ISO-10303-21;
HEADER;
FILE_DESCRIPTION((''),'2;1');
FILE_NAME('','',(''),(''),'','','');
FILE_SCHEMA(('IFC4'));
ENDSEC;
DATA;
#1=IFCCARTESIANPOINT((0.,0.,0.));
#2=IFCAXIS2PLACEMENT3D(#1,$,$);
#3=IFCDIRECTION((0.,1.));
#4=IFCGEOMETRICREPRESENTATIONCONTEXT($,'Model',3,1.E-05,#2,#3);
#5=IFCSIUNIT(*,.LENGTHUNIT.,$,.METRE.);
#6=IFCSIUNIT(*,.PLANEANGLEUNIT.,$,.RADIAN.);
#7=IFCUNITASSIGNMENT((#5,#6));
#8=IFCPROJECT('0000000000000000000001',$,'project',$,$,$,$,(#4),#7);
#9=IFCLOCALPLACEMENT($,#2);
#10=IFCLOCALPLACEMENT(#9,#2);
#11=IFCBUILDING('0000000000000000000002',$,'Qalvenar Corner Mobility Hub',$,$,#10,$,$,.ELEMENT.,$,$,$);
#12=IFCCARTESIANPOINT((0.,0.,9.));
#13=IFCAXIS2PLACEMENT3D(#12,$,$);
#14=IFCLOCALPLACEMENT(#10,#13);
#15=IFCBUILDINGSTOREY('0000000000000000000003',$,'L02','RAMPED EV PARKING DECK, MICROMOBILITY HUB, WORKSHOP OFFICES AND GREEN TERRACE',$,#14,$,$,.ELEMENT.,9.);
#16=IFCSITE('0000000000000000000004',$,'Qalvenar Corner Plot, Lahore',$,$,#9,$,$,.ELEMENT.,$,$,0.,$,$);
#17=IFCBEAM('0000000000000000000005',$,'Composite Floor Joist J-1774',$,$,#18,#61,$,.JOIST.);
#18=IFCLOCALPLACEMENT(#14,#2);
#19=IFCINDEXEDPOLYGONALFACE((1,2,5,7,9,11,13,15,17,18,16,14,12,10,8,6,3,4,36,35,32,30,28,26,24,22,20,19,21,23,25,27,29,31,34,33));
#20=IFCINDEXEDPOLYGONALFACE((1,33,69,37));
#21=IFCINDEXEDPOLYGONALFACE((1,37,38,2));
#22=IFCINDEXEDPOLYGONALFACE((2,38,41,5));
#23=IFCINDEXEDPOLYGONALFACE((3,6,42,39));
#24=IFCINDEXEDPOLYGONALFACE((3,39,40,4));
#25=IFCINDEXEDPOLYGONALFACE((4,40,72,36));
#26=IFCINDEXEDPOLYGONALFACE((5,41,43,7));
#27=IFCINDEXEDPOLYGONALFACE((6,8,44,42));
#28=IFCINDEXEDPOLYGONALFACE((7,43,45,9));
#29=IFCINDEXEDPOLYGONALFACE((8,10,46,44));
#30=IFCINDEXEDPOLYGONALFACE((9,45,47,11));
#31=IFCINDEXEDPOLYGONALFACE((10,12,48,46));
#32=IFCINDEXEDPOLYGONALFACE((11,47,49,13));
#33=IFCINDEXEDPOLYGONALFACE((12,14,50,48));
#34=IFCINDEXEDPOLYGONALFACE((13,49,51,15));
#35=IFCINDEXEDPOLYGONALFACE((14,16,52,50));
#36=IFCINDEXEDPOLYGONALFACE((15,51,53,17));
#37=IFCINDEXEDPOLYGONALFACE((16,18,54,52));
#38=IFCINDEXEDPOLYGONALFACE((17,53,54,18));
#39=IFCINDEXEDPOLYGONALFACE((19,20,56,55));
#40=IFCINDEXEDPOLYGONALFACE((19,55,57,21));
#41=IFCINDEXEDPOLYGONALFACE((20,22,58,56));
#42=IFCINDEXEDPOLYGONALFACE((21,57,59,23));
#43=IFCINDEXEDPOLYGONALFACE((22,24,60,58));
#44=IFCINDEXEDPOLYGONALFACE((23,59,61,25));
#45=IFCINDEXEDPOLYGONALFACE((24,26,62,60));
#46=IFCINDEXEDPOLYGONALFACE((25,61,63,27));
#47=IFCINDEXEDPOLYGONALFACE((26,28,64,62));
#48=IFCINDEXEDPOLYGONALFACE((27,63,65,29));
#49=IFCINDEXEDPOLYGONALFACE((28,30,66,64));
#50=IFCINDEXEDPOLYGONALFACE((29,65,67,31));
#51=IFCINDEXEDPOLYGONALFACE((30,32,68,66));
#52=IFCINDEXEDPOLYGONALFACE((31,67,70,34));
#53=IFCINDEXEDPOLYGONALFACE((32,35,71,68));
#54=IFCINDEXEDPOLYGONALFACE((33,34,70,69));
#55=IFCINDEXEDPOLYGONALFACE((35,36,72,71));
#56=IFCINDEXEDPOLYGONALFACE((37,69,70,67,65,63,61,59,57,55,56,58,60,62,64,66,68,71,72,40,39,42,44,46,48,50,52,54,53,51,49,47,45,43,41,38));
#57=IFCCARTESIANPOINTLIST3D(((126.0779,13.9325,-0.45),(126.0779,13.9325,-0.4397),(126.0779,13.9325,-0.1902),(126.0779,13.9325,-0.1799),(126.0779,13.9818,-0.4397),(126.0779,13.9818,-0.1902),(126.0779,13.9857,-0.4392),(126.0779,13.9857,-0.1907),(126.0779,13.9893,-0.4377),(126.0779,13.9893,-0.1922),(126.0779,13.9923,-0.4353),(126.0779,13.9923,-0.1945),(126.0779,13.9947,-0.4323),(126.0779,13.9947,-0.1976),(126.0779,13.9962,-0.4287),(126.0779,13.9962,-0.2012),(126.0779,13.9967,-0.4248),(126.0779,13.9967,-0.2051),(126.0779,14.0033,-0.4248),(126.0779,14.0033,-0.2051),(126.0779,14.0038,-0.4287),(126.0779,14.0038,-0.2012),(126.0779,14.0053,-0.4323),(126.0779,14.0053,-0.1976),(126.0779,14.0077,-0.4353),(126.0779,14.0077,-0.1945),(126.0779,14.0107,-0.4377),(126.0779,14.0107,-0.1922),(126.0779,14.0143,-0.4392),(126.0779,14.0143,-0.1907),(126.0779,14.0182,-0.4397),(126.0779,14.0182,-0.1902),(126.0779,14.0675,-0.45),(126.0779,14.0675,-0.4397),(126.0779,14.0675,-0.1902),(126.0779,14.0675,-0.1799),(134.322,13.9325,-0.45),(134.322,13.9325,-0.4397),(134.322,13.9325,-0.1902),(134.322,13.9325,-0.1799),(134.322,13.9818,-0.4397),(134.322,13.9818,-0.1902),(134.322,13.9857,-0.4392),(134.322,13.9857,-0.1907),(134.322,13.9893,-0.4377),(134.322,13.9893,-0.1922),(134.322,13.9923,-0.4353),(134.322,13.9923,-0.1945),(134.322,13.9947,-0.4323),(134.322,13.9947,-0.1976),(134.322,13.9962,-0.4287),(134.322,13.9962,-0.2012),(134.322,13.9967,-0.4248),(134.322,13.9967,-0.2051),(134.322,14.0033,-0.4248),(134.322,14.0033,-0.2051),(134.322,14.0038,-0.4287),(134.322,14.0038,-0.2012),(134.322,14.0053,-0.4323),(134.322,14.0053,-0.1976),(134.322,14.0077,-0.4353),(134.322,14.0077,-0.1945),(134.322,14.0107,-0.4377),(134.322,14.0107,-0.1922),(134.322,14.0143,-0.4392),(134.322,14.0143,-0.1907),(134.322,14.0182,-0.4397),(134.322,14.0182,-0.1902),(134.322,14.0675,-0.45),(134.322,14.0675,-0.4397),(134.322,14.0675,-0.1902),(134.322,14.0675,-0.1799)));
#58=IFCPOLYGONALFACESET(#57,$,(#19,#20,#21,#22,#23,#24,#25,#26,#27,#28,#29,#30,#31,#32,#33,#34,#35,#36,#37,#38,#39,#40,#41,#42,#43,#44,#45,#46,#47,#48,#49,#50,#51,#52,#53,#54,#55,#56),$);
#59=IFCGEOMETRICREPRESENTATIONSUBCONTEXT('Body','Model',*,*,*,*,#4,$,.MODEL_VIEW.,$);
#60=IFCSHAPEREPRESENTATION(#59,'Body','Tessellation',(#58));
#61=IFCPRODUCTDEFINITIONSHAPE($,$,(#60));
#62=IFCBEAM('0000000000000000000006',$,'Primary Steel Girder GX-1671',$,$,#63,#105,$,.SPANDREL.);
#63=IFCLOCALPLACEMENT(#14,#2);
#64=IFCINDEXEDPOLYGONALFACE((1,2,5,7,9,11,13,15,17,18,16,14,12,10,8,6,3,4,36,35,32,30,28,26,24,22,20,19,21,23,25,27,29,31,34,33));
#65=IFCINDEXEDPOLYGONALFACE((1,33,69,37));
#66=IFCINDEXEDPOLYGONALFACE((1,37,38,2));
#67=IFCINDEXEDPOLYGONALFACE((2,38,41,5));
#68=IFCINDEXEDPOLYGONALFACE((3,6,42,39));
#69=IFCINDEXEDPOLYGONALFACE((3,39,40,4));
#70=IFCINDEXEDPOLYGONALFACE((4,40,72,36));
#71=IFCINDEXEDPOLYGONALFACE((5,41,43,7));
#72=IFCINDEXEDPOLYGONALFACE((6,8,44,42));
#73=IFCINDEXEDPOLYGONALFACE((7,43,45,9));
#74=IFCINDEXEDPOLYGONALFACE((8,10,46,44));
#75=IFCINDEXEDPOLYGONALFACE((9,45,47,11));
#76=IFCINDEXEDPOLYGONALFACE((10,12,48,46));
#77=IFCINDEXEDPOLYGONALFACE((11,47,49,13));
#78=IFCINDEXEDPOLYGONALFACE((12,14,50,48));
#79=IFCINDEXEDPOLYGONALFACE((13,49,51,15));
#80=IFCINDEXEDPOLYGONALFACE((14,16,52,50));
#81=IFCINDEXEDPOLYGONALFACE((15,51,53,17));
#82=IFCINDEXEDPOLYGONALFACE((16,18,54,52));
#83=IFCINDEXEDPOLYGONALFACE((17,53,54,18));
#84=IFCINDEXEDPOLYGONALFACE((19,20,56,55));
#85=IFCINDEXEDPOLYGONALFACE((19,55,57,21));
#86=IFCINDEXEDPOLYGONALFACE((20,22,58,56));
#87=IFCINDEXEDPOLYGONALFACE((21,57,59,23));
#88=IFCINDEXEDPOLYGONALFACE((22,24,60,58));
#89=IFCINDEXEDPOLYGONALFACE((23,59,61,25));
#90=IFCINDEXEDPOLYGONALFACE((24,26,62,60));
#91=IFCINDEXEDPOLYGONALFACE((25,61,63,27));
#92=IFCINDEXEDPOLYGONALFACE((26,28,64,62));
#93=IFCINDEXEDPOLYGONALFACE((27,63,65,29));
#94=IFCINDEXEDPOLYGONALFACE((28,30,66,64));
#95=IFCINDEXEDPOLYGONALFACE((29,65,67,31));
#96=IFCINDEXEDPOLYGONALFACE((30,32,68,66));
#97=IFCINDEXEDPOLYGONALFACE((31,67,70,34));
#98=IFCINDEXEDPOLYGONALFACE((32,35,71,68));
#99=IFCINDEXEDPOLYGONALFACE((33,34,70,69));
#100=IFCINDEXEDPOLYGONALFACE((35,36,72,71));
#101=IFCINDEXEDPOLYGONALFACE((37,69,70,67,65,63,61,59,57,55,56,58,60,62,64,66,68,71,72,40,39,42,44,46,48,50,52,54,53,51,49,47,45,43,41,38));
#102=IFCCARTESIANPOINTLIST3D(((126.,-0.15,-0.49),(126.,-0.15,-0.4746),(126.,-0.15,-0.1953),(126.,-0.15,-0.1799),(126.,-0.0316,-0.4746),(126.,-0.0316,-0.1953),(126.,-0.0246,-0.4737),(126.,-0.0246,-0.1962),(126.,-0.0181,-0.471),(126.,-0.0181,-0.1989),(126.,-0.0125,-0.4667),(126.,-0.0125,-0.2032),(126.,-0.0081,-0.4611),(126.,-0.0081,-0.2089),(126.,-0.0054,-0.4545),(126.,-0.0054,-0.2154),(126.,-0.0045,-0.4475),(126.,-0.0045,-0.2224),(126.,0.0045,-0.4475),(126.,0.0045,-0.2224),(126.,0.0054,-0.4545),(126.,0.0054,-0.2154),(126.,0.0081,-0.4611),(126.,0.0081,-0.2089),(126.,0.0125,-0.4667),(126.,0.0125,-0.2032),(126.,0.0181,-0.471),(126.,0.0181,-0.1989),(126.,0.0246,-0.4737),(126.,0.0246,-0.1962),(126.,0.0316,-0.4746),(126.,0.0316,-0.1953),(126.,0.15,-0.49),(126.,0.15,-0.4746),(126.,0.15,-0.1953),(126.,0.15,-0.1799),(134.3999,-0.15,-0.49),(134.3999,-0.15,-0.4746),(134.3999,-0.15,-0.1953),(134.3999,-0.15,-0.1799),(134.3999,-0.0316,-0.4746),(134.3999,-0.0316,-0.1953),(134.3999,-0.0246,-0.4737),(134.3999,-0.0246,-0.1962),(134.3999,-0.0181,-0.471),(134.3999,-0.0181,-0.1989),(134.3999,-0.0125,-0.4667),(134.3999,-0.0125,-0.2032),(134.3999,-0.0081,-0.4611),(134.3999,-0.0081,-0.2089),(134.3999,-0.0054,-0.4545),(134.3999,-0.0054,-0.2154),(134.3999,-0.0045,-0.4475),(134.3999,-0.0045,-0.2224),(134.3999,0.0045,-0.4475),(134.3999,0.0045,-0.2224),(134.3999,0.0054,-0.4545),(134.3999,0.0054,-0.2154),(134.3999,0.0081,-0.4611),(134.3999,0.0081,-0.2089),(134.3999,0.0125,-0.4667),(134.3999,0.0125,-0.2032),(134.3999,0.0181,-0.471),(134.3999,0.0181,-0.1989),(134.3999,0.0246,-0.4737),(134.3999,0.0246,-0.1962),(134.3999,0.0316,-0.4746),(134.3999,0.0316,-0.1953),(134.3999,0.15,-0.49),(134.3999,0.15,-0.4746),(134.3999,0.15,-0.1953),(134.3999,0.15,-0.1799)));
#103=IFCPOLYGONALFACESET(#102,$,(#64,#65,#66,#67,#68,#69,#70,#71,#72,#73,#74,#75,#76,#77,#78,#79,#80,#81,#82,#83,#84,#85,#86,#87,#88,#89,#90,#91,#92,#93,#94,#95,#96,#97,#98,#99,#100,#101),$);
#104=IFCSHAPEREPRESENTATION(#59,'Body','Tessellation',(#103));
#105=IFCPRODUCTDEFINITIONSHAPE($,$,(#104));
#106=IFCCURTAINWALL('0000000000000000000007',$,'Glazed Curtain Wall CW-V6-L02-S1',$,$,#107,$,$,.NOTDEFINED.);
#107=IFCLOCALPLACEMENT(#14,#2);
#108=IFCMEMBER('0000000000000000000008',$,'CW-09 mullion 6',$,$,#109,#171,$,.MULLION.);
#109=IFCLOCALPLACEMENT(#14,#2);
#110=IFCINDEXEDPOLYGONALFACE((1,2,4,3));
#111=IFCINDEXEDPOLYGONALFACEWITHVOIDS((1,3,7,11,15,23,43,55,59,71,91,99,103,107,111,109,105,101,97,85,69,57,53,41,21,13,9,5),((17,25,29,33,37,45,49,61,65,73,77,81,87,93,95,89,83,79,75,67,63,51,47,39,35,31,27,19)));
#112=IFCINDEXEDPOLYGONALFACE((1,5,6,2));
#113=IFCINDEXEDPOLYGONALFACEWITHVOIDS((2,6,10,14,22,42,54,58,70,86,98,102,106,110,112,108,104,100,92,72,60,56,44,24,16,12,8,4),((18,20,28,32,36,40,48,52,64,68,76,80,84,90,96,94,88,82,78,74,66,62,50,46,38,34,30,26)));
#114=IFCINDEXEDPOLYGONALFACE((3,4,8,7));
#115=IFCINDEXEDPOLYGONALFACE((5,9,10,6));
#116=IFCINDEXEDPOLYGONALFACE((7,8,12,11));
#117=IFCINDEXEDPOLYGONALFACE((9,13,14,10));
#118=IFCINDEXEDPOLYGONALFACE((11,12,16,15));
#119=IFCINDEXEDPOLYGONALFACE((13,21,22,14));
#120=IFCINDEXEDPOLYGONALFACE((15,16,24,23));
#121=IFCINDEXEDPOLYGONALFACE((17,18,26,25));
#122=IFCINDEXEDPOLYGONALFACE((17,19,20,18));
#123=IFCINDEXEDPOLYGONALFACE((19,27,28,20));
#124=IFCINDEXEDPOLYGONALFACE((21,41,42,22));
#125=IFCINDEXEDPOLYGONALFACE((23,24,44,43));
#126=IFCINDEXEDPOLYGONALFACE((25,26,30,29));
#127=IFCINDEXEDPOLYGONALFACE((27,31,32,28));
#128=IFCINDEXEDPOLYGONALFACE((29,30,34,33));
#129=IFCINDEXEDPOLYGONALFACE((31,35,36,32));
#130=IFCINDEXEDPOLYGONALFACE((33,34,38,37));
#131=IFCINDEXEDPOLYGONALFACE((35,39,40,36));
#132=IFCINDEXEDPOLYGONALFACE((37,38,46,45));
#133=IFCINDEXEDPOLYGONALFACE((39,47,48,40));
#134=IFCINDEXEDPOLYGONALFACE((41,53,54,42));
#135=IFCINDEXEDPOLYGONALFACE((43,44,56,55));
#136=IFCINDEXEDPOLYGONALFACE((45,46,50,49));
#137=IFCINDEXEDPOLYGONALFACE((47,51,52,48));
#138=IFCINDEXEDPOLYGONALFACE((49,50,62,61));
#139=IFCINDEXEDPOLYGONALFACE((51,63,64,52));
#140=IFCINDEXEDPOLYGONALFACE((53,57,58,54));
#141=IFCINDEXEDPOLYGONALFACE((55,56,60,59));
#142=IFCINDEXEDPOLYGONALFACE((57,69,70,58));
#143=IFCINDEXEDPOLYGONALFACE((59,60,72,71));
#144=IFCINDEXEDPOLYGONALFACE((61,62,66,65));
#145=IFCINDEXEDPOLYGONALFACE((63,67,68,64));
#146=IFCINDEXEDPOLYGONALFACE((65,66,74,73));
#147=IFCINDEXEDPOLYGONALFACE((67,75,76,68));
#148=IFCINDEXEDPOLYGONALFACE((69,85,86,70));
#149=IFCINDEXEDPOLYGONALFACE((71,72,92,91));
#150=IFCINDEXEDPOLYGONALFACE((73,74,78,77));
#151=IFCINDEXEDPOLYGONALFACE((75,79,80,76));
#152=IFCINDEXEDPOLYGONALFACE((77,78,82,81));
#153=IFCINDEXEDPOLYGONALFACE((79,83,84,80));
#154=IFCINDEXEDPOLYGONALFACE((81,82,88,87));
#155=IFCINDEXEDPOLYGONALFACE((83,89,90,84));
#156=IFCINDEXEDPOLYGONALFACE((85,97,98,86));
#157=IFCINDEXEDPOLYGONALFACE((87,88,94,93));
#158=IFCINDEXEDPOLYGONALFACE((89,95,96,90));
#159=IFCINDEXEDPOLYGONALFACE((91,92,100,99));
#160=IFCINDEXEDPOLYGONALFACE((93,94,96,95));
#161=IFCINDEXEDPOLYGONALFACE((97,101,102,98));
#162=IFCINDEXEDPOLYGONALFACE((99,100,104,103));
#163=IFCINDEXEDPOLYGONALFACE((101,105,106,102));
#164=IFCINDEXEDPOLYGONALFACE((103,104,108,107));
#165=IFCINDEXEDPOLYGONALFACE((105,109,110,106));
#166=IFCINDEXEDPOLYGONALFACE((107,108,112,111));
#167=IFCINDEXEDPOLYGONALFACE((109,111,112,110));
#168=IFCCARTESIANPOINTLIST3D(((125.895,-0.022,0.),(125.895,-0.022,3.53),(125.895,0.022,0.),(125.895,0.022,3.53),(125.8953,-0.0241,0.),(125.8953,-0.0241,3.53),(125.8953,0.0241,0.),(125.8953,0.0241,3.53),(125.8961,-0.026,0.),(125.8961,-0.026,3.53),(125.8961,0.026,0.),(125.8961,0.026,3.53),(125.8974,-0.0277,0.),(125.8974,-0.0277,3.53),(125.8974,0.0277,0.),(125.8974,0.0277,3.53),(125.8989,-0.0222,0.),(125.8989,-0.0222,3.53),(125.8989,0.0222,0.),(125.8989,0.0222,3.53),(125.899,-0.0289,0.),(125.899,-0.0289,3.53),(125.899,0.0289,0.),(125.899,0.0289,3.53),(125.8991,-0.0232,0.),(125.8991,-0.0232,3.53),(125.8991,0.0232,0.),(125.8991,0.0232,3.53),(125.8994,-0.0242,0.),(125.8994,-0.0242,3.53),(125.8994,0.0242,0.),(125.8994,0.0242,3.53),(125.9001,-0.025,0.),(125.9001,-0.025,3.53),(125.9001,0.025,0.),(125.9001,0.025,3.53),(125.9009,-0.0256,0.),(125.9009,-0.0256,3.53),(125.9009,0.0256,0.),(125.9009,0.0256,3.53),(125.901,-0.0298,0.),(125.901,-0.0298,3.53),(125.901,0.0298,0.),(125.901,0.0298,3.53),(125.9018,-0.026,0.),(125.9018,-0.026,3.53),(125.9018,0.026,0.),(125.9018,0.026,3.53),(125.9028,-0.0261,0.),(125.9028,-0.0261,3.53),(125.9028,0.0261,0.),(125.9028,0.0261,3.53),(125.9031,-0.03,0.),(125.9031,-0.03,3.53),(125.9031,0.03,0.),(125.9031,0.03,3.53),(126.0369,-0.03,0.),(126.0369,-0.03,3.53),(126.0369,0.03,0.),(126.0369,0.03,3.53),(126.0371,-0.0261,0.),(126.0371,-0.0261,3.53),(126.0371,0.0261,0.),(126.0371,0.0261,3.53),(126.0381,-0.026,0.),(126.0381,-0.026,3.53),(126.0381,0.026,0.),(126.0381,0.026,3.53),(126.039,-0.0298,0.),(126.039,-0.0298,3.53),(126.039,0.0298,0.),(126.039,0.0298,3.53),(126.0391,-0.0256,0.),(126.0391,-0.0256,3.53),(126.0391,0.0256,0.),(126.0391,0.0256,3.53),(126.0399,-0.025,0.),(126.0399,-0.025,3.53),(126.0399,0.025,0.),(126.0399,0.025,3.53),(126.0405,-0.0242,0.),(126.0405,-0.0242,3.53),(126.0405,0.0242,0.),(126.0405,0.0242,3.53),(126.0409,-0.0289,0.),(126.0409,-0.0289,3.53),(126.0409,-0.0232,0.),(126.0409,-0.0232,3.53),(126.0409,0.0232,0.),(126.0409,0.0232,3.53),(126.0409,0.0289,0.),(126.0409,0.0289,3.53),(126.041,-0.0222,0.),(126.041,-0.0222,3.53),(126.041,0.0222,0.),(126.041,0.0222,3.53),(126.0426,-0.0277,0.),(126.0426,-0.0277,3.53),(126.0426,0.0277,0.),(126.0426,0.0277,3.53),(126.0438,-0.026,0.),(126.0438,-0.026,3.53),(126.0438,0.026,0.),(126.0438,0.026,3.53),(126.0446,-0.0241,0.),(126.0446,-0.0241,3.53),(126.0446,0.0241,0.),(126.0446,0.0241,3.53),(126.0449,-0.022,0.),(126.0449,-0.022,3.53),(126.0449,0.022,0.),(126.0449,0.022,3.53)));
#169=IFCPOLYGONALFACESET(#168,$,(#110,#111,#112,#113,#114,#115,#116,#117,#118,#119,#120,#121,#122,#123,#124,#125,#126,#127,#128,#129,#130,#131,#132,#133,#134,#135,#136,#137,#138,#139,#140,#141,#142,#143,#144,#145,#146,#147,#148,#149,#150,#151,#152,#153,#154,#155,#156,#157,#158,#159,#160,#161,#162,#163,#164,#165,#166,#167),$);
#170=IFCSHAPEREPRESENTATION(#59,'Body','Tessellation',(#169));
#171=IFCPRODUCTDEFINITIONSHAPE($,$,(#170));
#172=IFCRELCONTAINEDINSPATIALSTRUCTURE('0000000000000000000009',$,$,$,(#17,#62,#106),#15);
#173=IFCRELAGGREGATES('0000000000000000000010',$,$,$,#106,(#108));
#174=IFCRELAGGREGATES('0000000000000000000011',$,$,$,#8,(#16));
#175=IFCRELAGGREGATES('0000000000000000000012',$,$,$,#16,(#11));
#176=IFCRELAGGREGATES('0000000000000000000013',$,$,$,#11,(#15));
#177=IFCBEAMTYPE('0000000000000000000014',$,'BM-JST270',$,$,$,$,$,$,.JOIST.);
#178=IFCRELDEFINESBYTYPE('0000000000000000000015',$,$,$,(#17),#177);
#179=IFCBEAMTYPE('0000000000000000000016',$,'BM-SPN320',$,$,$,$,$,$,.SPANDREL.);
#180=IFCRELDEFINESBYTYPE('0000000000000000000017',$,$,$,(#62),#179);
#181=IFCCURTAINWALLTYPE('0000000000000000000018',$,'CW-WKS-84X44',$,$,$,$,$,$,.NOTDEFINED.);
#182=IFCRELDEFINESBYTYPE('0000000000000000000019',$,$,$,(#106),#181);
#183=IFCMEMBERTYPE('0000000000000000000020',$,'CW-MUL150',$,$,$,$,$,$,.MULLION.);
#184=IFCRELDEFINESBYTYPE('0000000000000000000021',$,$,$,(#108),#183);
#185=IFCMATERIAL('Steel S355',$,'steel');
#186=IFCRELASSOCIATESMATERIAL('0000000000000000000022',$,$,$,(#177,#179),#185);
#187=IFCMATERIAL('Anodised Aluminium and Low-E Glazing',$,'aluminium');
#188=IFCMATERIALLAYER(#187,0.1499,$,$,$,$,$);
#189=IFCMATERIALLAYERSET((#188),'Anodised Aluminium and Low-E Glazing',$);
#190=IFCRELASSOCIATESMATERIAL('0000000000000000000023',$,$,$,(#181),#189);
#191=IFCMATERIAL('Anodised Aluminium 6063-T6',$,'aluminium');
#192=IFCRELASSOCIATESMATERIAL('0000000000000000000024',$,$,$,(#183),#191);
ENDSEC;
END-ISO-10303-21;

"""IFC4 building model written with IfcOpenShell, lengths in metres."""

from ifc_helpers import new_model, si_unit, direction, frame, origin, origin_2d, place, context, subcontext, project, spatial, hollow_rectangle, i_section, extrude, material, layer, layer_set, material_profile, profile_set, type_object, element, aggregate, save


model = new_model("IFC4")

# Units and contexts
model_context = context("Model", 3, precision=1e-05, world=origin(), true_north=direction((0.0, 1.0)))
body_context = subcontext(model_context, "Body", "Model", "MODEL_VIEW")
ifc_project = project(units=[si_unit("LENGTHUNIT", "METRE"), si_unit("PLANEANGLEUNIT", "RADIAN")], contexts=[model_context])

# Site, building, storey
site_placement = place(None, origin())
site = spatial("IfcSite", under=ifc_project, at=site_placement, Name="Qalvenar Corner Plot, Lahore", CompositionType="ELEMENT", RefElevation=0.0)
building_placement = place(site_placement, origin())
building = spatial("IfcBuilding", under=site, at=building_placement, Name="Qalvenar Corner Mobility Hub", CompositionType="ELEMENT")
storey_placement = place(building_placement, frame((0.0, 0.0, 9.0)))
storey = spatial("IfcBuildingStorey", under=building, at=storey_placement, Name="L02", Description="RAMPED EV PARKING DECK, MICROMOBILITY HUB, WORKSHOP OFFICES AND GREEN TERRACE", CompositionType="ELEMENT", Elevation=9.0)

# Shared definitions
ifc_material_1 = material(Name="Steel S355", Category="steel")

# Beams
ifc_material_profile_1 = material_profile(ifc_material_1, i_section(OverallWidth=0.135, OverallDepth=0.27, WebThickness=0.0066, FlangeThickness=0.0103, FilletRadius=0.0149, at=origin_2d()), Name="IPE270")
ifc_profile_set_1 = profile_set([ifc_material_profile_1], Name="Steel S355")
beam_type_1 = type_object("IfcBeamType", Name="BM-JST270", PredefinedType="JOIST", material=ifc_profile_set_1)
for number, where, z_axis, x_axis, name in (
    (1, (126.0779, 14.0, -0.3149), (1.0, 0.0, 0.0), (0.0, 1.0, 0.0), "Composite Floor Joist J-1774"),
):
    element("IfcBeam", number, at=place(storey_placement, frame(where, z_axis=z_axis, x_axis=x_axis)), inside=storey, type_object=beam_type_1, Name=name, PredefinedType="JOIST", context=body_context, shape_type="SweptSolid", body=[
        extrude(i_section(OverallWidth=0.135, OverallDepth=0.27, WebThickness=0.0066, FlangeThickness=0.0103, FilletRadius=0.0149, at=origin_2d()), origin(), (0.0, 0.0, 1.0), 8.2441),
    ])
ifc_material_profile_2 = material_profile(ifc_material_1, i_section(OverallWidth=0.3, OverallDepth=0.3101, WebThickness=0.009, FlangeThickness=0.0154, FilletRadius=0.0271, at=origin_2d()), Name="HEA320")
ifc_profile_set_2 = profile_set([ifc_material_profile_2], Name="Steel S355")
beam_type_2 = type_object("IfcBeamType", Name="BM-SPN320", PredefinedType="SPANDREL", material=ifc_profile_set_2)
beam_1_placement = place(storey_placement, frame((126.0, 0.0, -0.335), z_axis=(1.0, 0.0, 0.0), x_axis=(0.0, 1.0, 0.0)))
element("IfcBeam", 2, at=beam_1_placement, inside=storey, type_object=beam_type_2, Name="Primary Steel Girder GX-1671", PredefinedType="SPANDREL", context=body_context, shape_type="SweptSolid", body=[
    extrude(i_section(OverallWidth=0.3, OverallDepth=0.3101, WebThickness=0.009, FlangeThickness=0.0154, FilletRadius=0.0271, at=origin_2d()), origin(), (0.0, 0.0, 1.0), 8.3999),
])

# Curtain wall, member
ifc_material_2 = material(Name="Anodised Aluminium and Low-E Glazing", Category="aluminium")
ifc_layer_1 = layer(ifc_material_2, 0.1499)
ifc_layer_set_1 = layer_set([ifc_layer_1], Name="Anodised Aluminium and Low-E Glazing")
curtain_wall_type = type_object("IfcCurtainWallType", Name="CW-WKS-84X44", PredefinedType="NOTDEFINED", material=ifc_layer_set_1)
curtain_wall_placement = place(storey_placement, origin())
curtain_wall = element("IfcCurtainWall", 3, at=curtain_wall_placement, inside=storey, type_object=curtain_wall_type, Name="Glazed Curtain Wall CW-V6-L02-S1", PredefinedType="NOTDEFINED")
ifc_material_3 = material(Name="Anodised Aluminium 6063-T6", Category="aluminium")
ifc_material_profile_3 = material_profile(ifc_material_3, hollow_rectangle(XDim=0.0601, YDim=0.1499, WallThickness=0.0039, InnerFilletRadius=0.0039, OuterFilletRadius=0.0081, at=origin_2d()), Name="RHS150x60x4")
ifc_profile_set_3 = profile_set([ifc_material_profile_3], Name="Anodised Aluminium 6063-T6")
member_type_1 = type_object("IfcMemberType", Name="CW-MUL150", PredefinedType="MULLION", material=ifc_profile_set_3)
member_1_placement = place(storey_placement, frame((125.97, 0.0, 0.0), z_axis=(0.0, 0.0, 1.0), x_axis=(0.0, 1.0, 0.0)))
member_1 = element("IfcMember", 4, at=member_1_placement, type_object=member_type_1, Name="CW-09 mullion 6", PredefinedType="MULLION", context=body_context, shape_type="SweptSolid", body=[
    extrude(hollow_rectangle(XDim=0.0601, YDim=0.1499, WallThickness=0.0039, InnerFilletRadius=0.0039, OuterFilletRadius=0.0081, at=origin_2d()), origin(), (0.0, 0.0, 1.0), 3.53),
])

aggregate(curtain_wall, [member_1])

save(model, "model.ifc")
